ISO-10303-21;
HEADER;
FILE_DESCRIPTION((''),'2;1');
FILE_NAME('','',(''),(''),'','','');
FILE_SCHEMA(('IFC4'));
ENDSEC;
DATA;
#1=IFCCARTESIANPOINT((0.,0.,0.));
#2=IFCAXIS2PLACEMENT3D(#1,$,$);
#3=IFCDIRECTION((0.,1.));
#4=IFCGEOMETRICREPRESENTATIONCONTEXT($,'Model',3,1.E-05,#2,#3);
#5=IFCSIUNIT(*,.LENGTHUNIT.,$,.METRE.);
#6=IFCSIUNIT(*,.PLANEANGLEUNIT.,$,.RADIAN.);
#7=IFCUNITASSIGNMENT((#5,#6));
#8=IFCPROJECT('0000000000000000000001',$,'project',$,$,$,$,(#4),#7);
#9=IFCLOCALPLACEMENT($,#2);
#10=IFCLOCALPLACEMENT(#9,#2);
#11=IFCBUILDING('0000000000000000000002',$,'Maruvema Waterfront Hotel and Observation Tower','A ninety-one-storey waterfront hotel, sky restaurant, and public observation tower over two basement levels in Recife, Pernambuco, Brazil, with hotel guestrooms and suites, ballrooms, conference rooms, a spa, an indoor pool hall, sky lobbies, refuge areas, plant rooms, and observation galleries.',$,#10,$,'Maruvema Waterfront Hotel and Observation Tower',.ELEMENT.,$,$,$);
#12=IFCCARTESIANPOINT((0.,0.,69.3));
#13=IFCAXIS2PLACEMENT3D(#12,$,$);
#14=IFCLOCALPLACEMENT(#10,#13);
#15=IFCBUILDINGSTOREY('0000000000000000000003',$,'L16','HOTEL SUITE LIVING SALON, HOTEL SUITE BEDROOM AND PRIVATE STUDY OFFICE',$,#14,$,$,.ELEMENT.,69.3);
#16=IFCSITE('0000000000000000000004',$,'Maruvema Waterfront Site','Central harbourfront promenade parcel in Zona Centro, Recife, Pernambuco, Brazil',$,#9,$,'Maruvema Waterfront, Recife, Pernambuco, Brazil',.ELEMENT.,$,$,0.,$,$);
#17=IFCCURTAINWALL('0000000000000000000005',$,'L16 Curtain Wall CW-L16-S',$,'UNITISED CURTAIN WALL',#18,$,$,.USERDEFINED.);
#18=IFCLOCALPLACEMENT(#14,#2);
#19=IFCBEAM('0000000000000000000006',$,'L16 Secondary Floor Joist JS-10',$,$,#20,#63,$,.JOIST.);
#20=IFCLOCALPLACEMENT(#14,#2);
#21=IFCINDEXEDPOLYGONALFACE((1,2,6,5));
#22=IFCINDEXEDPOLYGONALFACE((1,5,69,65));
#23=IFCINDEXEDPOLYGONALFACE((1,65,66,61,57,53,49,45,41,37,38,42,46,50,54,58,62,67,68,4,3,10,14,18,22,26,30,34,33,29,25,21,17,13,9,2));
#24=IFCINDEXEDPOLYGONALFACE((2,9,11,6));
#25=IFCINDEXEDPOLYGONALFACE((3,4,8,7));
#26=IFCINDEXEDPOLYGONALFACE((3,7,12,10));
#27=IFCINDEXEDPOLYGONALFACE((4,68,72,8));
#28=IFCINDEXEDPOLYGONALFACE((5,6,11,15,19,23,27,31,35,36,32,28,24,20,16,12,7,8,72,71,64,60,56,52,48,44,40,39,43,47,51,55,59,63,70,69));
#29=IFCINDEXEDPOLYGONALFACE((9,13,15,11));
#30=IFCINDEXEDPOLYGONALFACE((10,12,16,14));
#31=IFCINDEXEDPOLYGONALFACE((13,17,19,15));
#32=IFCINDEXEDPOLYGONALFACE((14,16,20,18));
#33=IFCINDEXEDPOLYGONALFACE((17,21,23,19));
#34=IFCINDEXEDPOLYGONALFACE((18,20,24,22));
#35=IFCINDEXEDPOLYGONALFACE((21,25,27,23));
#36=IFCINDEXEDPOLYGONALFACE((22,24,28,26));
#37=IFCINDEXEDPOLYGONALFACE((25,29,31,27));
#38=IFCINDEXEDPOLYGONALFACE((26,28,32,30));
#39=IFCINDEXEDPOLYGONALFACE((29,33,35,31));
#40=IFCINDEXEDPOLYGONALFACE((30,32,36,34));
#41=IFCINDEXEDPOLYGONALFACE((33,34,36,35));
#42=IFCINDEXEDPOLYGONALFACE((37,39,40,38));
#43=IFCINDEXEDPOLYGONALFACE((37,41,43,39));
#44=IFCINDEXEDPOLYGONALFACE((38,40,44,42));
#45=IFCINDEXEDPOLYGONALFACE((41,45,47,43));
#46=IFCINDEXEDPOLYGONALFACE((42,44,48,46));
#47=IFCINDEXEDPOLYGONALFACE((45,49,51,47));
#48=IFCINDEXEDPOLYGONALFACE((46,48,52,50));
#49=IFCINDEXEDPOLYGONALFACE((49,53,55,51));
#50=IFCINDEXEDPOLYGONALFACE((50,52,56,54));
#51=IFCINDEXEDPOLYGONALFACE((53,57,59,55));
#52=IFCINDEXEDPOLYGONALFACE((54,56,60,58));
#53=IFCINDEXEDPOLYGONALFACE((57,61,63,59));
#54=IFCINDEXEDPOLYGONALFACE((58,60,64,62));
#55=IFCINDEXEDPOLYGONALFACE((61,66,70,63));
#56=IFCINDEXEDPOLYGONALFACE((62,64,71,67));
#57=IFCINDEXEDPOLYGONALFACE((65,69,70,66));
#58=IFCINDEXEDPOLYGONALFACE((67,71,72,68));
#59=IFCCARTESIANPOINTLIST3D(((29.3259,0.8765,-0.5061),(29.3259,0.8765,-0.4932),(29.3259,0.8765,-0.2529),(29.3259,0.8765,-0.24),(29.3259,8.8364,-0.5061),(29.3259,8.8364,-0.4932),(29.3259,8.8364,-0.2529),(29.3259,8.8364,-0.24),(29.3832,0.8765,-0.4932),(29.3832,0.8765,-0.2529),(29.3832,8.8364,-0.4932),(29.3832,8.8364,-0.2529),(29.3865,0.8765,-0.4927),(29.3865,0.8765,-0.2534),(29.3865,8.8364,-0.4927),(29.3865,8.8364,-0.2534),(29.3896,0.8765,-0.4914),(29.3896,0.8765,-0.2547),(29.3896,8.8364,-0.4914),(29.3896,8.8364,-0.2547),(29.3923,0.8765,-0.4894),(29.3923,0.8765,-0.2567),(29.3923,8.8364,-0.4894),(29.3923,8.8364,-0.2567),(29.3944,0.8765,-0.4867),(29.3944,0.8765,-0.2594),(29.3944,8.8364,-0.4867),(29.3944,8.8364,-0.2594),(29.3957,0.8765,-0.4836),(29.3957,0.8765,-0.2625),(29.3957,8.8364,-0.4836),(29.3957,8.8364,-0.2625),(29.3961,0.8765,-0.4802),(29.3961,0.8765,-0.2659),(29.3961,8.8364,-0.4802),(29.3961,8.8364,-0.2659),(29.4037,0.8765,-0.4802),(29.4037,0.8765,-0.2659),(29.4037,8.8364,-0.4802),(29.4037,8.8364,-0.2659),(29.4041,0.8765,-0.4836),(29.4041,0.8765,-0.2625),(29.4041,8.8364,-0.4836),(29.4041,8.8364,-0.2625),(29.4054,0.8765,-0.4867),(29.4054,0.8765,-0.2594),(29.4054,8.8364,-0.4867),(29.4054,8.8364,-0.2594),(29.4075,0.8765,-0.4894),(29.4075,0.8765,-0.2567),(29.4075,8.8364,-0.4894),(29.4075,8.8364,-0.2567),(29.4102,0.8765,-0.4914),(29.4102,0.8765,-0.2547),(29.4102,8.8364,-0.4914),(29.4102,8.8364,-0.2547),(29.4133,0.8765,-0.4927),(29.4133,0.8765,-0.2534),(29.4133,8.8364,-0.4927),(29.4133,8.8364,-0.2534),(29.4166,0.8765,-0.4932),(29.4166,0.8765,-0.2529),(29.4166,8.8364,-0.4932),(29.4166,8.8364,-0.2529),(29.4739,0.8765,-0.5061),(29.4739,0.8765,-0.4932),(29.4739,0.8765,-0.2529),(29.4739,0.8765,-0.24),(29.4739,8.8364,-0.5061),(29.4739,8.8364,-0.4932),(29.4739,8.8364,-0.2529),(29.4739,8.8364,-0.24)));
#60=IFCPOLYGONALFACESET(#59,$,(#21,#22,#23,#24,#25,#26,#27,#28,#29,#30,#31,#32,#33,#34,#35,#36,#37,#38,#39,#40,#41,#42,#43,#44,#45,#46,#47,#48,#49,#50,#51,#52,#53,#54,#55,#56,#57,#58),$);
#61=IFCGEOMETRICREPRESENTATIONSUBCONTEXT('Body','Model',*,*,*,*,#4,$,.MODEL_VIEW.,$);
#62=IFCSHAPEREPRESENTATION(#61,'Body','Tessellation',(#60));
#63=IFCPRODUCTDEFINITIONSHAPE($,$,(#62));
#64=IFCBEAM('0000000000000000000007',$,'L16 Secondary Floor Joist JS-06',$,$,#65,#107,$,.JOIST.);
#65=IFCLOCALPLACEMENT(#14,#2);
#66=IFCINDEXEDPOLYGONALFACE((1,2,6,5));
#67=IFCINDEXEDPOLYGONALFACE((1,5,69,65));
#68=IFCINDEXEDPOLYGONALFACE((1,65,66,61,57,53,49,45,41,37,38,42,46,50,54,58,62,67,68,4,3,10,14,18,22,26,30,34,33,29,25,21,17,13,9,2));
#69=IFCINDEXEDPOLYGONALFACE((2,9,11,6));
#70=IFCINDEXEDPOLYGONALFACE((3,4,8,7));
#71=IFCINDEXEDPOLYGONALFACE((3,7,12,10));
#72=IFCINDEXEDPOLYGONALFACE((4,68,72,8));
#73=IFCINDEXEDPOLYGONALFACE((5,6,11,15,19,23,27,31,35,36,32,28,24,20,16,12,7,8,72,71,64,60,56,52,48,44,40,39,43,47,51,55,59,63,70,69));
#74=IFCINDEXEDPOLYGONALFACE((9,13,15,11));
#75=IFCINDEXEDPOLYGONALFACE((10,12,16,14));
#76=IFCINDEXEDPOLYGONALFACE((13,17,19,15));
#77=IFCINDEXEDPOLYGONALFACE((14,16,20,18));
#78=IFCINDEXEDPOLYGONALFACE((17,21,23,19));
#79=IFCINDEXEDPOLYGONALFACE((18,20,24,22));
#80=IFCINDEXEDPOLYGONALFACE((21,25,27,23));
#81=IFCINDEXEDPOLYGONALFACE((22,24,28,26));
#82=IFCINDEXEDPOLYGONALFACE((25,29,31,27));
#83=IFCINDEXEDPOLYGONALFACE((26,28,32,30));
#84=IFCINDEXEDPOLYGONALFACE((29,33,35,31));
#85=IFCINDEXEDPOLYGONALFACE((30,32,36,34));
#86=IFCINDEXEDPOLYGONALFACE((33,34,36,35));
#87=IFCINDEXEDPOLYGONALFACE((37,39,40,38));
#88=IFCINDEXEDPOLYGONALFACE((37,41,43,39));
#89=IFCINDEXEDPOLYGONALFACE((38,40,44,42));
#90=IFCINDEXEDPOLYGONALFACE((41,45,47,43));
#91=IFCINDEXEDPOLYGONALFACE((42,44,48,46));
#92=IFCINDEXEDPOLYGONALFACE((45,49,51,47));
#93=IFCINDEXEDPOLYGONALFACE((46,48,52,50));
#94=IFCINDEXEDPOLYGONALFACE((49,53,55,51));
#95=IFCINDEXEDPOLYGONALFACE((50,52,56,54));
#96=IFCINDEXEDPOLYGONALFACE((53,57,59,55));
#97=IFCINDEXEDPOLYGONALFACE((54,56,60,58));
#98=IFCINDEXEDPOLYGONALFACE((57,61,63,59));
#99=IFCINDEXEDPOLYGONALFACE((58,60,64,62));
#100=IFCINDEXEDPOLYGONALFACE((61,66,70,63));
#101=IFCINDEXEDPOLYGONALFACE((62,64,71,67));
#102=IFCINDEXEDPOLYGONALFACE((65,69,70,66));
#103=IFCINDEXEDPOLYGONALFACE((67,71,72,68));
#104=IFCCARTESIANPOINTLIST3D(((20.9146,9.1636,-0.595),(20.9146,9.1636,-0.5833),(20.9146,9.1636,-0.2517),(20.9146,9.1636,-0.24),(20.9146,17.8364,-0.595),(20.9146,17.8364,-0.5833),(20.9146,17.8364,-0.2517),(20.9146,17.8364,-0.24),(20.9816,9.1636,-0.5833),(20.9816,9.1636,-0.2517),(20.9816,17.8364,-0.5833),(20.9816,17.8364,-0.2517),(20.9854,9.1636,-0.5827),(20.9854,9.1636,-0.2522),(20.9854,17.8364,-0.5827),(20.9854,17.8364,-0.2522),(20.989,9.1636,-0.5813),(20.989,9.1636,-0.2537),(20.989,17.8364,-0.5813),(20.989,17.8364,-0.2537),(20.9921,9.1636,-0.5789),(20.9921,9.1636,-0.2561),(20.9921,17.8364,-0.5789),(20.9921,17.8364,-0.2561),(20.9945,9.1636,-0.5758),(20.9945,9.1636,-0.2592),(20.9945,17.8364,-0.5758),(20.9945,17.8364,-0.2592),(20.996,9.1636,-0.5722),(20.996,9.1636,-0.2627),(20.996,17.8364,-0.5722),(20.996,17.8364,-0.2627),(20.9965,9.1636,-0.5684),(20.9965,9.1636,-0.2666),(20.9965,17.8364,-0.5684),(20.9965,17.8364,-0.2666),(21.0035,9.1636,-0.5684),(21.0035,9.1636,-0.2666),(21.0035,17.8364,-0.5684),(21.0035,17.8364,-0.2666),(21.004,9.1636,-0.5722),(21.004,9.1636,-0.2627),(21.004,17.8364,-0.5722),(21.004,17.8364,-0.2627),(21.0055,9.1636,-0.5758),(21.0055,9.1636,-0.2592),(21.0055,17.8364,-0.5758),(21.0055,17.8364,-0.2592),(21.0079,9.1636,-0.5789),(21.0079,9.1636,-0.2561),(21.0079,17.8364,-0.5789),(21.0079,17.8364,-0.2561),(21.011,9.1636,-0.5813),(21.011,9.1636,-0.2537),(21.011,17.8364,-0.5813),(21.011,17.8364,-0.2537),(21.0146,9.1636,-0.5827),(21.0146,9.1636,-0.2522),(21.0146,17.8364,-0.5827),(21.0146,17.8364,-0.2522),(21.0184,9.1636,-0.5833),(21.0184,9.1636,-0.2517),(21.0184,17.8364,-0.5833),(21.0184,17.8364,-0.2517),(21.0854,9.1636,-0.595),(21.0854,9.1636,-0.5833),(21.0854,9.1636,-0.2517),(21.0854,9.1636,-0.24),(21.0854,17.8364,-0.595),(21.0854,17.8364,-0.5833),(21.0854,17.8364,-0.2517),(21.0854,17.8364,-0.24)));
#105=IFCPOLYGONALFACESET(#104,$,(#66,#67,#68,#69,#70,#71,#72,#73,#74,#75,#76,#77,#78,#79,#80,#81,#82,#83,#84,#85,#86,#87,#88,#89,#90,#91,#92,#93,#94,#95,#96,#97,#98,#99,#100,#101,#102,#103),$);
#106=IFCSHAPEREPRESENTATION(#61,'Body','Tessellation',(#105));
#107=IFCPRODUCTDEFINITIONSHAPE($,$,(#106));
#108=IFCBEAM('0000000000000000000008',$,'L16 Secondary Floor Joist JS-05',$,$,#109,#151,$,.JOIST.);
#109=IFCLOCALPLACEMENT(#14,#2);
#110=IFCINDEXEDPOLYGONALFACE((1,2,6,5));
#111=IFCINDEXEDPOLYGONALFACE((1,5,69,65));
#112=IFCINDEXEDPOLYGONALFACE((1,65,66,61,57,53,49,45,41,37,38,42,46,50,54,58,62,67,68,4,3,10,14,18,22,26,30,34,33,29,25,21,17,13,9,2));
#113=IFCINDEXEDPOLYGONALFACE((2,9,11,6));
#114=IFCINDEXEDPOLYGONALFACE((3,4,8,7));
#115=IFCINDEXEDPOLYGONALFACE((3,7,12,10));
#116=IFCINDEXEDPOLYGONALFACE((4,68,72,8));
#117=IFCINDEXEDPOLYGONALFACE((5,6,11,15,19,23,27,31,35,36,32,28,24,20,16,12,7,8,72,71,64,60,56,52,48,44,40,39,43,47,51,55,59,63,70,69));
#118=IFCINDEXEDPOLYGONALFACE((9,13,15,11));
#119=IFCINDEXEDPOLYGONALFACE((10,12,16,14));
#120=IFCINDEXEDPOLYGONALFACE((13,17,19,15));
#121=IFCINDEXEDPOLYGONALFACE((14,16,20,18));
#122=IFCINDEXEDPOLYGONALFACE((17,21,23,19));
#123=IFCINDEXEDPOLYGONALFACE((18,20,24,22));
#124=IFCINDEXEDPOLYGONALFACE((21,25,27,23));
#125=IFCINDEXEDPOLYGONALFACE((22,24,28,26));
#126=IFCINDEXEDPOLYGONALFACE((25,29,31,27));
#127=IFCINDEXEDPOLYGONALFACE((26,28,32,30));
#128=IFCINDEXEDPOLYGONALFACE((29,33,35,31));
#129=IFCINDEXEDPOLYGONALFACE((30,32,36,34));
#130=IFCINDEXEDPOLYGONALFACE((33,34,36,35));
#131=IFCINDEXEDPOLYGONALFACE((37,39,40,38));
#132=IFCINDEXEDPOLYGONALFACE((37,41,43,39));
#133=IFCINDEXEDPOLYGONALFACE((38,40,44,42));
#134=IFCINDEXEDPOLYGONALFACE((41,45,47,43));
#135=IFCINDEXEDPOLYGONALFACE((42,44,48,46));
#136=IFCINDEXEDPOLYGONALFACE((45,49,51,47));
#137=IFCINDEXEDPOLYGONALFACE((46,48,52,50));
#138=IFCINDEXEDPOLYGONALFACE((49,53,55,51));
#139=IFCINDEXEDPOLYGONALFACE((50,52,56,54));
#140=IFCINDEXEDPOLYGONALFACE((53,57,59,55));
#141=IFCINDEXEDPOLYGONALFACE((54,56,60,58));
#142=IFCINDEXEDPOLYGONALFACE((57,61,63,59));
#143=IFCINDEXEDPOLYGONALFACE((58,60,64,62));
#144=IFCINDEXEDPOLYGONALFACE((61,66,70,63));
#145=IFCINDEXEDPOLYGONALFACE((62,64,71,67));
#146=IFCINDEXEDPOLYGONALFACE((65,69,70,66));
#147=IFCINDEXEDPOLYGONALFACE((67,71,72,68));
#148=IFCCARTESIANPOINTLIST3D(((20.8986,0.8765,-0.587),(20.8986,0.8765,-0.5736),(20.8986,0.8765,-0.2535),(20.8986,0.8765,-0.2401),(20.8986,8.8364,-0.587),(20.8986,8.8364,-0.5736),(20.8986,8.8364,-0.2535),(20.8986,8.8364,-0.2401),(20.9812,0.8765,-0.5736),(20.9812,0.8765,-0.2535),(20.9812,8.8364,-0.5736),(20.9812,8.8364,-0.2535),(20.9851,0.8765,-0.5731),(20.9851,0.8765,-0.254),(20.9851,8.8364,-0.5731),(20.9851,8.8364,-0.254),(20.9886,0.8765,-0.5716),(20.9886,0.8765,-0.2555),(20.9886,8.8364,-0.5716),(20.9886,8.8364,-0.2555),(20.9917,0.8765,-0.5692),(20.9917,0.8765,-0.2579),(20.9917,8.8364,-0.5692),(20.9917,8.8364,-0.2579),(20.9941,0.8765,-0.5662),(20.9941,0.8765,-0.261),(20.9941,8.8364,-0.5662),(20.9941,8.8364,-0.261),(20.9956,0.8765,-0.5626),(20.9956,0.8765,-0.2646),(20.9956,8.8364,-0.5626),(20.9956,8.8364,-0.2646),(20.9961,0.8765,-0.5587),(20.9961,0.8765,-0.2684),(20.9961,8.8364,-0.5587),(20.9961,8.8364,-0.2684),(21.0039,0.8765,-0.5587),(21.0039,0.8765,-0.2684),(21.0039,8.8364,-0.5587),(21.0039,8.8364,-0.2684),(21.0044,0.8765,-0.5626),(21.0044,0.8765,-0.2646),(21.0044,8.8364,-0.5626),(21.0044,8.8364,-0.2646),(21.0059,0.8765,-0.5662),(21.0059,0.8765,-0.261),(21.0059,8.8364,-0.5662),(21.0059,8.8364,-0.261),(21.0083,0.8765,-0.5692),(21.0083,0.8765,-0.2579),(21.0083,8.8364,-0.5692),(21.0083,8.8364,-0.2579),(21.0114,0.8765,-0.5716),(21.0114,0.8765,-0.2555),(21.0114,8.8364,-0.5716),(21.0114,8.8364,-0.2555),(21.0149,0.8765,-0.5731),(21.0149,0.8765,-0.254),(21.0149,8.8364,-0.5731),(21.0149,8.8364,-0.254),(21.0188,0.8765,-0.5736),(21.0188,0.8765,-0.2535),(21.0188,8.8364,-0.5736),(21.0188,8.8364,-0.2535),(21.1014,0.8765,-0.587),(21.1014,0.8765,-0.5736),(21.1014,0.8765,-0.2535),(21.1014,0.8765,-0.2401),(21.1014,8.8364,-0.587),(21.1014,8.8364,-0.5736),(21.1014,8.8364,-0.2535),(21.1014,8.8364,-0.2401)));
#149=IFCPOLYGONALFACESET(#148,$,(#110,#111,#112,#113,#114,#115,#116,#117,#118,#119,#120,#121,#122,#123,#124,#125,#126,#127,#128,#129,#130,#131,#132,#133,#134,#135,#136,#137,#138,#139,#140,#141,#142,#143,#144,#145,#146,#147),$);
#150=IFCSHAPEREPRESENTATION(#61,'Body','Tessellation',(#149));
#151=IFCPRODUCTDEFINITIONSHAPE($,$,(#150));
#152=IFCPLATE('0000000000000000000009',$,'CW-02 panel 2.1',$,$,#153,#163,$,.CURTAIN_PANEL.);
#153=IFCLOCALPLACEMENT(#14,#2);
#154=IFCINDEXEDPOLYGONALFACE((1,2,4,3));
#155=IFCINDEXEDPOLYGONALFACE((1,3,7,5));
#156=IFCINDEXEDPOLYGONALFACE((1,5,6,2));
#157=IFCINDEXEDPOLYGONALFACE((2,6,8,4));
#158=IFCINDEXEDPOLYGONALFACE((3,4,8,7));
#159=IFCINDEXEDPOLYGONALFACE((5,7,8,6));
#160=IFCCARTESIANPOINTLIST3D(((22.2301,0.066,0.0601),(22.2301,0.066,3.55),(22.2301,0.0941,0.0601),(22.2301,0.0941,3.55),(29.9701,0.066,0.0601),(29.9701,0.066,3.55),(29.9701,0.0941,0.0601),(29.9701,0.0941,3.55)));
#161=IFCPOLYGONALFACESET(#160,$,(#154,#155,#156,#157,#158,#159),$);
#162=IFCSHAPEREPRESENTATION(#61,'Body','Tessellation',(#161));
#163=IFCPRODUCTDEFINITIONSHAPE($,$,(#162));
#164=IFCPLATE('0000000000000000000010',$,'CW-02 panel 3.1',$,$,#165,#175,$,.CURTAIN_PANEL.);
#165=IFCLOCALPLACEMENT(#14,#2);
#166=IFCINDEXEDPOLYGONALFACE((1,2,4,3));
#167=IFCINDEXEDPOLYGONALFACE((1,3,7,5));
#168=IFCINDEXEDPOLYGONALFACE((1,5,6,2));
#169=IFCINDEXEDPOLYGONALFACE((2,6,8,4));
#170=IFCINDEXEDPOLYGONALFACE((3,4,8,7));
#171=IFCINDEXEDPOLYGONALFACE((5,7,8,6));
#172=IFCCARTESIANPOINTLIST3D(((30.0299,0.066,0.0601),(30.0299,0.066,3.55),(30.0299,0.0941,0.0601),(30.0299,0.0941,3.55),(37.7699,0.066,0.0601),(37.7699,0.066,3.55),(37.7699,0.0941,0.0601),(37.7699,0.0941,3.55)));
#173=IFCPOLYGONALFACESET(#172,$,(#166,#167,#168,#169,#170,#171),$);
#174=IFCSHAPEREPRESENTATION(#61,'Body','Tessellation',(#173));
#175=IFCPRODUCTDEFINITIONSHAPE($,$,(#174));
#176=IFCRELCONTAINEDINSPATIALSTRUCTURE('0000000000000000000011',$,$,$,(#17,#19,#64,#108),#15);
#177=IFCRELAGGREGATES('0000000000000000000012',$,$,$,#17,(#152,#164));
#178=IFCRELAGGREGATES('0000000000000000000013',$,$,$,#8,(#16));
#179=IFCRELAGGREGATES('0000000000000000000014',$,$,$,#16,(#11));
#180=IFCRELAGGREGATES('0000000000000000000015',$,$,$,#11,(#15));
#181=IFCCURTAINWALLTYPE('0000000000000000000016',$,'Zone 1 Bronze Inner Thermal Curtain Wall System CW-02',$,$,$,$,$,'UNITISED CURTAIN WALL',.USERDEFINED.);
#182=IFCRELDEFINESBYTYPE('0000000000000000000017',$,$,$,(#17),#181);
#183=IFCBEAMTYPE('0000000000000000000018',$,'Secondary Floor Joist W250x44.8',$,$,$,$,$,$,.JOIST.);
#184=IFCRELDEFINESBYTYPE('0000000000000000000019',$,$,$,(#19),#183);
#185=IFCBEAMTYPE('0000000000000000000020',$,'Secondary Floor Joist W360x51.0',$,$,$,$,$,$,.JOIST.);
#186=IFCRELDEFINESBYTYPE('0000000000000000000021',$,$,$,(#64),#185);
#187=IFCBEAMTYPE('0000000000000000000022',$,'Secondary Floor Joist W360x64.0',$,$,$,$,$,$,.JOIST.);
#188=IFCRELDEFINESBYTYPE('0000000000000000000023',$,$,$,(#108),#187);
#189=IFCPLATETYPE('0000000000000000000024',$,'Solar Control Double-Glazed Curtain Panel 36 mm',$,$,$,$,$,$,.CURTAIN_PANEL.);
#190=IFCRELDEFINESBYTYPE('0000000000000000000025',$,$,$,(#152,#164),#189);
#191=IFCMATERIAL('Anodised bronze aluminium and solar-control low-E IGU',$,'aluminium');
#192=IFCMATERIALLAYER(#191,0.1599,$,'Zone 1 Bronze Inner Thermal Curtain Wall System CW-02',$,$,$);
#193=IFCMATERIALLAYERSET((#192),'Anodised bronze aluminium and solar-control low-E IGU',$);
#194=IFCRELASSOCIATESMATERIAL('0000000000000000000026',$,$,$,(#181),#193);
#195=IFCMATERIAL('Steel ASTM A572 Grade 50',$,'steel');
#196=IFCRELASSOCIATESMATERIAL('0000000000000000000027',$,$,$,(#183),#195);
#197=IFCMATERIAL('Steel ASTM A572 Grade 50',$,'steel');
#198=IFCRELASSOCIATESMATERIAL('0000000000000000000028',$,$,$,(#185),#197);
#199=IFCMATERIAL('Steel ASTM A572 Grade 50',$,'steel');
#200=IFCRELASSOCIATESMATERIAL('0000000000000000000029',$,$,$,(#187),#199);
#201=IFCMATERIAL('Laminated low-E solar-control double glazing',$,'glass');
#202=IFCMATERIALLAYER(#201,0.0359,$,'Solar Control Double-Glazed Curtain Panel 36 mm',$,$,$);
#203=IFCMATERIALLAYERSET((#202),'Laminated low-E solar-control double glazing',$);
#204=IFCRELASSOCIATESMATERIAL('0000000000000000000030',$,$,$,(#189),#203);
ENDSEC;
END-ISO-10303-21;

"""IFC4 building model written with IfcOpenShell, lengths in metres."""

from ifc_helpers import new_model, si_unit, direction, frame, origin, origin_2d, place, context, subcontext, project, spatial, rectangle, i_section, extrude, material, layer, layer_set, material_profile, profile_set, type_object, element, aggregate, save


model = new_model("IFC4")

# Units and contexts
model_context = context("Model", 3, precision=1e-05, world=origin(), true_north=direction((0.0, 1.0)))
body_context = subcontext(model_context, "Body", "Model", "MODEL_VIEW")
ifc_project = project(units=[si_unit("LENGTHUNIT", "METRE"), si_unit("PLANEANGLEUNIT", "RADIAN")], contexts=[model_context])

# Site, building, storey
site_placement = place(None, origin())
site = spatial("IfcSite", under=ifc_project, at=site_placement, Name="Maruvema Waterfront Site", Description="Central harbourfront promenade parcel in Zona Centro, Recife, Pernambuco, Brazil", LongName="Maruvema Waterfront, Recife, Pernambuco, Brazil", CompositionType="ELEMENT", RefElevation=0.0)
building_placement = place(site_placement, origin())
building = spatial("IfcBuilding", under=site, at=building_placement, Name="Maruvema Waterfront Hotel and Observation Tower", Description="A ninety-one-storey waterfront hotel, sky restaurant, and public observation tower over two basement levels in Recife, Pernambuco, Brazil, with hotel guestrooms and suites, ballrooms, conference rooms, a spa, an indoor pool hall, sky lobbies, refuge areas, plant rooms, and observation galleries.", LongName="Maruvema Waterfront Hotel and Observation Tower", CompositionType="ELEMENT")
storey_placement = place(building_placement, frame((0.0, 0.0, 69.3)))
storey = spatial("IfcBuildingStorey", under=building, at=storey_placement, Name="L16", Description="HOTEL SUITE LIVING SALON, HOTEL SUITE BEDROOM AND PRIVATE STUDY OFFICE", CompositionType="ELEMENT", Elevation=69.3)

# Curtain wall
ifc_material_1 = material(Name="Anodised bronze aluminium and solar-control low-E IGU", Category="aluminium")
ifc_layer_1 = layer(ifc_material_1, 0.1599, Name="Zone 1 Bronze Inner Thermal Curtain Wall System CW-02")
ifc_layer_set_1 = layer_set([ifc_layer_1], Name="Anodised bronze aluminium and solar-control low-E IGU")
curtain_wall_type = type_object("IfcCurtainWallType", Name="Zone 1 Bronze Inner Thermal Curtain Wall System CW-02", ElementType="UNITISED CURTAIN WALL", PredefinedType="USERDEFINED", material=ifc_layer_set_1)
curtain_wall_placement = place(storey_placement, origin())
curtain_wall = element("IfcCurtainWall", 1, at=curtain_wall_placement, inside=storey, type_object=curtain_wall_type, Name="L16 Curtain Wall CW-L16-S", ObjectType="UNITISED CURTAIN WALL", PredefinedType="USERDEFINED")

# Beams
ifc_material_2 = material(Name="Steel ASTM A572 Grade 50", Category="steel")
ifc_material_profile_1 = material_profile(ifc_material_2, i_section(OverallWidth=0.1479, OverallDepth=0.2661, WebThickness=0.0076, FlangeThickness=0.0129, FilletRadius=0.0129, at=origin_2d()), Name="W250x44.8")
ifc_profile_set_1 = profile_set([ifc_material_profile_1], Name="Steel ASTM A572 Grade 50")
beam_type_1 = type_object("IfcBeamType", Name="Secondary Floor Joist W250x44.8", PredefinedType="JOIST", material=ifc_profile_set_1)
beam_1_placement = place(storey_placement, frame((29.3999, 0.8765, -0.373), z_axis=(0.0, 1.0, 0.0), x_axis=(-1.0, 0.0, 0.0)))
element("IfcBeam", 2, at=beam_1_placement, inside=storey, type_object=beam_type_1, Name="L16 Secondary Floor Joist JS-10", PredefinedType="JOIST", context=body_context, shape_type="SweptSolid", body=[
    extrude(i_section(OverallWidth=0.1479, OverallDepth=0.2661, WebThickness=0.0076, FlangeThickness=0.0129, FilletRadius=0.0129, at=origin_2d()), origin(), (0.0, 0.0, 1.0), 7.96),
])
ifc_material_3 = material(Name="Steel ASTM A572 Grade 50", Category="steel")
ifc_material_profile_2 = material_profile(ifc_material_3, i_section(OverallWidth=0.1709, OverallDepth=0.355, WebThickness=0.0071, FlangeThickness=0.0117, FilletRadius=0.0149, at=origin_2d()), Name="W360x51.0")
ifc_profile_set_2 = profile_set([ifc_material_profile_2], Name="Steel ASTM A572 Grade 50")
beam_type_2 = type_object("IfcBeamType", Name="Secondary Floor Joist W360x51.0", PredefinedType="JOIST", material=ifc_profile_set_2)
beam_2_placement = place(storey_placement, frame((21.0, 9.1636, -0.4175), z_axis=(0.0, 1.0, 0.0), x_axis=(-1.0, 0.0, 0.0)))
element("IfcBeam", 3, at=beam_2_placement, inside=storey, type_object=beam_type_2, Name="L16 Secondary Floor Joist JS-06", PredefinedType="JOIST", context=body_context, shape_type="SweptSolid", body=[
    extrude(i_section(OverallWidth=0.1709, OverallDepth=0.355, WebThickness=0.0071, FlangeThickness=0.0117, FilletRadius=0.0149, at=origin_2d()), origin(), (0.0, 0.0, 1.0), 8.6729),
])
ifc_material_4 = material(Name="Steel ASTM A572 Grade 50", Category="steel")
ifc_material_profile_3 = material_profile(ifc_material_4, i_section(OverallWidth=0.2029, OverallDepth=0.3469, WebThickness=0.0078, FlangeThickness=0.0134, FilletRadius=0.0149, at=origin_2d()), Name="W360x64.0")
ifc_profile_set_3 = profile_set([ifc_material_profile_3], Name="Steel ASTM A572 Grade 50")
beam_type_3 = type_object("IfcBeamType", Name="Secondary Floor Joist W360x64.0", PredefinedType="JOIST", material=ifc_profile_set_3)
beam_3_placement = place(storey_placement, frame((21.0, 0.8765, -0.4136), z_axis=(0.0, 1.0, 0.0), x_axis=(-1.0, 0.0, 0.0)))
element("IfcBeam", 4, at=beam_3_placement, inside=storey, type_object=beam_type_3, Name="L16 Secondary Floor Joist JS-05", PredefinedType="JOIST", context=body_context, shape_type="SweptSolid", body=[
    extrude(i_section(OverallWidth=0.2029, OverallDepth=0.3469, WebThickness=0.0078, FlangeThickness=0.0134, FilletRadius=0.0149, at=origin_2d()), origin(), (0.0, 0.0, 1.0), 7.96),
])

# Plates
ifc_material_5 = material(Name="Laminated low-E solar-control double glazing", Category="glass")
ifc_layer_2 = layer(ifc_material_5, 0.0359, Name="Solar Control Double-Glazed Curtain Panel 36 mm")
ifc_layer_set_2 = layer_set([ifc_layer_2], Name="Laminated low-E solar-control double glazing")
plate_type = type_object("IfcPlateType", Name="Solar Control Double-Glazed Curtain Panel 36 mm", PredefinedType="CURTAIN_PANEL", material=ifc_layer_set_2)
plate_1_placement = place(storey_placement, frame((26.1001, 0.0801, 0.0601), z_axis=(0.0, 0.0, 1.0), x_axis=(1.0, 0.0, 0.0)))
plate_1 = element("IfcPlate", 5, at=plate_1_placement, type_object=plate_type, Name="CW-02 panel 2.1", PredefinedType="CURTAIN_PANEL", context=body_context, shape_type="SweptSolid", body=[
    extrude(rectangle(XDim=7.74, YDim=0.0281, at=origin_2d()), origin(), (0.0, 0.0, 1.0), 3.49),
])
plate_2_placement = place(storey_placement, frame((33.8999, 0.0801, 0.0601), z_axis=(0.0, 0.0, 1.0), x_axis=(1.0, 0.0, 0.0)))
plate_2 = element("IfcPlate", 6, at=plate_2_placement, type_object=plate_type, Name="CW-02 panel 3.1", PredefinedType="CURTAIN_PANEL", context=body_context, shape_type="SweptSolid", body=[
    extrude(rectangle(XDim=7.74, YDim=0.0281, at=origin_2d()), origin(), (0.0, 0.0, 1.0), 3.49),
])
aggregate(curtain_wall, [plate_1, plate_2])

save(model, "model.ifc")
